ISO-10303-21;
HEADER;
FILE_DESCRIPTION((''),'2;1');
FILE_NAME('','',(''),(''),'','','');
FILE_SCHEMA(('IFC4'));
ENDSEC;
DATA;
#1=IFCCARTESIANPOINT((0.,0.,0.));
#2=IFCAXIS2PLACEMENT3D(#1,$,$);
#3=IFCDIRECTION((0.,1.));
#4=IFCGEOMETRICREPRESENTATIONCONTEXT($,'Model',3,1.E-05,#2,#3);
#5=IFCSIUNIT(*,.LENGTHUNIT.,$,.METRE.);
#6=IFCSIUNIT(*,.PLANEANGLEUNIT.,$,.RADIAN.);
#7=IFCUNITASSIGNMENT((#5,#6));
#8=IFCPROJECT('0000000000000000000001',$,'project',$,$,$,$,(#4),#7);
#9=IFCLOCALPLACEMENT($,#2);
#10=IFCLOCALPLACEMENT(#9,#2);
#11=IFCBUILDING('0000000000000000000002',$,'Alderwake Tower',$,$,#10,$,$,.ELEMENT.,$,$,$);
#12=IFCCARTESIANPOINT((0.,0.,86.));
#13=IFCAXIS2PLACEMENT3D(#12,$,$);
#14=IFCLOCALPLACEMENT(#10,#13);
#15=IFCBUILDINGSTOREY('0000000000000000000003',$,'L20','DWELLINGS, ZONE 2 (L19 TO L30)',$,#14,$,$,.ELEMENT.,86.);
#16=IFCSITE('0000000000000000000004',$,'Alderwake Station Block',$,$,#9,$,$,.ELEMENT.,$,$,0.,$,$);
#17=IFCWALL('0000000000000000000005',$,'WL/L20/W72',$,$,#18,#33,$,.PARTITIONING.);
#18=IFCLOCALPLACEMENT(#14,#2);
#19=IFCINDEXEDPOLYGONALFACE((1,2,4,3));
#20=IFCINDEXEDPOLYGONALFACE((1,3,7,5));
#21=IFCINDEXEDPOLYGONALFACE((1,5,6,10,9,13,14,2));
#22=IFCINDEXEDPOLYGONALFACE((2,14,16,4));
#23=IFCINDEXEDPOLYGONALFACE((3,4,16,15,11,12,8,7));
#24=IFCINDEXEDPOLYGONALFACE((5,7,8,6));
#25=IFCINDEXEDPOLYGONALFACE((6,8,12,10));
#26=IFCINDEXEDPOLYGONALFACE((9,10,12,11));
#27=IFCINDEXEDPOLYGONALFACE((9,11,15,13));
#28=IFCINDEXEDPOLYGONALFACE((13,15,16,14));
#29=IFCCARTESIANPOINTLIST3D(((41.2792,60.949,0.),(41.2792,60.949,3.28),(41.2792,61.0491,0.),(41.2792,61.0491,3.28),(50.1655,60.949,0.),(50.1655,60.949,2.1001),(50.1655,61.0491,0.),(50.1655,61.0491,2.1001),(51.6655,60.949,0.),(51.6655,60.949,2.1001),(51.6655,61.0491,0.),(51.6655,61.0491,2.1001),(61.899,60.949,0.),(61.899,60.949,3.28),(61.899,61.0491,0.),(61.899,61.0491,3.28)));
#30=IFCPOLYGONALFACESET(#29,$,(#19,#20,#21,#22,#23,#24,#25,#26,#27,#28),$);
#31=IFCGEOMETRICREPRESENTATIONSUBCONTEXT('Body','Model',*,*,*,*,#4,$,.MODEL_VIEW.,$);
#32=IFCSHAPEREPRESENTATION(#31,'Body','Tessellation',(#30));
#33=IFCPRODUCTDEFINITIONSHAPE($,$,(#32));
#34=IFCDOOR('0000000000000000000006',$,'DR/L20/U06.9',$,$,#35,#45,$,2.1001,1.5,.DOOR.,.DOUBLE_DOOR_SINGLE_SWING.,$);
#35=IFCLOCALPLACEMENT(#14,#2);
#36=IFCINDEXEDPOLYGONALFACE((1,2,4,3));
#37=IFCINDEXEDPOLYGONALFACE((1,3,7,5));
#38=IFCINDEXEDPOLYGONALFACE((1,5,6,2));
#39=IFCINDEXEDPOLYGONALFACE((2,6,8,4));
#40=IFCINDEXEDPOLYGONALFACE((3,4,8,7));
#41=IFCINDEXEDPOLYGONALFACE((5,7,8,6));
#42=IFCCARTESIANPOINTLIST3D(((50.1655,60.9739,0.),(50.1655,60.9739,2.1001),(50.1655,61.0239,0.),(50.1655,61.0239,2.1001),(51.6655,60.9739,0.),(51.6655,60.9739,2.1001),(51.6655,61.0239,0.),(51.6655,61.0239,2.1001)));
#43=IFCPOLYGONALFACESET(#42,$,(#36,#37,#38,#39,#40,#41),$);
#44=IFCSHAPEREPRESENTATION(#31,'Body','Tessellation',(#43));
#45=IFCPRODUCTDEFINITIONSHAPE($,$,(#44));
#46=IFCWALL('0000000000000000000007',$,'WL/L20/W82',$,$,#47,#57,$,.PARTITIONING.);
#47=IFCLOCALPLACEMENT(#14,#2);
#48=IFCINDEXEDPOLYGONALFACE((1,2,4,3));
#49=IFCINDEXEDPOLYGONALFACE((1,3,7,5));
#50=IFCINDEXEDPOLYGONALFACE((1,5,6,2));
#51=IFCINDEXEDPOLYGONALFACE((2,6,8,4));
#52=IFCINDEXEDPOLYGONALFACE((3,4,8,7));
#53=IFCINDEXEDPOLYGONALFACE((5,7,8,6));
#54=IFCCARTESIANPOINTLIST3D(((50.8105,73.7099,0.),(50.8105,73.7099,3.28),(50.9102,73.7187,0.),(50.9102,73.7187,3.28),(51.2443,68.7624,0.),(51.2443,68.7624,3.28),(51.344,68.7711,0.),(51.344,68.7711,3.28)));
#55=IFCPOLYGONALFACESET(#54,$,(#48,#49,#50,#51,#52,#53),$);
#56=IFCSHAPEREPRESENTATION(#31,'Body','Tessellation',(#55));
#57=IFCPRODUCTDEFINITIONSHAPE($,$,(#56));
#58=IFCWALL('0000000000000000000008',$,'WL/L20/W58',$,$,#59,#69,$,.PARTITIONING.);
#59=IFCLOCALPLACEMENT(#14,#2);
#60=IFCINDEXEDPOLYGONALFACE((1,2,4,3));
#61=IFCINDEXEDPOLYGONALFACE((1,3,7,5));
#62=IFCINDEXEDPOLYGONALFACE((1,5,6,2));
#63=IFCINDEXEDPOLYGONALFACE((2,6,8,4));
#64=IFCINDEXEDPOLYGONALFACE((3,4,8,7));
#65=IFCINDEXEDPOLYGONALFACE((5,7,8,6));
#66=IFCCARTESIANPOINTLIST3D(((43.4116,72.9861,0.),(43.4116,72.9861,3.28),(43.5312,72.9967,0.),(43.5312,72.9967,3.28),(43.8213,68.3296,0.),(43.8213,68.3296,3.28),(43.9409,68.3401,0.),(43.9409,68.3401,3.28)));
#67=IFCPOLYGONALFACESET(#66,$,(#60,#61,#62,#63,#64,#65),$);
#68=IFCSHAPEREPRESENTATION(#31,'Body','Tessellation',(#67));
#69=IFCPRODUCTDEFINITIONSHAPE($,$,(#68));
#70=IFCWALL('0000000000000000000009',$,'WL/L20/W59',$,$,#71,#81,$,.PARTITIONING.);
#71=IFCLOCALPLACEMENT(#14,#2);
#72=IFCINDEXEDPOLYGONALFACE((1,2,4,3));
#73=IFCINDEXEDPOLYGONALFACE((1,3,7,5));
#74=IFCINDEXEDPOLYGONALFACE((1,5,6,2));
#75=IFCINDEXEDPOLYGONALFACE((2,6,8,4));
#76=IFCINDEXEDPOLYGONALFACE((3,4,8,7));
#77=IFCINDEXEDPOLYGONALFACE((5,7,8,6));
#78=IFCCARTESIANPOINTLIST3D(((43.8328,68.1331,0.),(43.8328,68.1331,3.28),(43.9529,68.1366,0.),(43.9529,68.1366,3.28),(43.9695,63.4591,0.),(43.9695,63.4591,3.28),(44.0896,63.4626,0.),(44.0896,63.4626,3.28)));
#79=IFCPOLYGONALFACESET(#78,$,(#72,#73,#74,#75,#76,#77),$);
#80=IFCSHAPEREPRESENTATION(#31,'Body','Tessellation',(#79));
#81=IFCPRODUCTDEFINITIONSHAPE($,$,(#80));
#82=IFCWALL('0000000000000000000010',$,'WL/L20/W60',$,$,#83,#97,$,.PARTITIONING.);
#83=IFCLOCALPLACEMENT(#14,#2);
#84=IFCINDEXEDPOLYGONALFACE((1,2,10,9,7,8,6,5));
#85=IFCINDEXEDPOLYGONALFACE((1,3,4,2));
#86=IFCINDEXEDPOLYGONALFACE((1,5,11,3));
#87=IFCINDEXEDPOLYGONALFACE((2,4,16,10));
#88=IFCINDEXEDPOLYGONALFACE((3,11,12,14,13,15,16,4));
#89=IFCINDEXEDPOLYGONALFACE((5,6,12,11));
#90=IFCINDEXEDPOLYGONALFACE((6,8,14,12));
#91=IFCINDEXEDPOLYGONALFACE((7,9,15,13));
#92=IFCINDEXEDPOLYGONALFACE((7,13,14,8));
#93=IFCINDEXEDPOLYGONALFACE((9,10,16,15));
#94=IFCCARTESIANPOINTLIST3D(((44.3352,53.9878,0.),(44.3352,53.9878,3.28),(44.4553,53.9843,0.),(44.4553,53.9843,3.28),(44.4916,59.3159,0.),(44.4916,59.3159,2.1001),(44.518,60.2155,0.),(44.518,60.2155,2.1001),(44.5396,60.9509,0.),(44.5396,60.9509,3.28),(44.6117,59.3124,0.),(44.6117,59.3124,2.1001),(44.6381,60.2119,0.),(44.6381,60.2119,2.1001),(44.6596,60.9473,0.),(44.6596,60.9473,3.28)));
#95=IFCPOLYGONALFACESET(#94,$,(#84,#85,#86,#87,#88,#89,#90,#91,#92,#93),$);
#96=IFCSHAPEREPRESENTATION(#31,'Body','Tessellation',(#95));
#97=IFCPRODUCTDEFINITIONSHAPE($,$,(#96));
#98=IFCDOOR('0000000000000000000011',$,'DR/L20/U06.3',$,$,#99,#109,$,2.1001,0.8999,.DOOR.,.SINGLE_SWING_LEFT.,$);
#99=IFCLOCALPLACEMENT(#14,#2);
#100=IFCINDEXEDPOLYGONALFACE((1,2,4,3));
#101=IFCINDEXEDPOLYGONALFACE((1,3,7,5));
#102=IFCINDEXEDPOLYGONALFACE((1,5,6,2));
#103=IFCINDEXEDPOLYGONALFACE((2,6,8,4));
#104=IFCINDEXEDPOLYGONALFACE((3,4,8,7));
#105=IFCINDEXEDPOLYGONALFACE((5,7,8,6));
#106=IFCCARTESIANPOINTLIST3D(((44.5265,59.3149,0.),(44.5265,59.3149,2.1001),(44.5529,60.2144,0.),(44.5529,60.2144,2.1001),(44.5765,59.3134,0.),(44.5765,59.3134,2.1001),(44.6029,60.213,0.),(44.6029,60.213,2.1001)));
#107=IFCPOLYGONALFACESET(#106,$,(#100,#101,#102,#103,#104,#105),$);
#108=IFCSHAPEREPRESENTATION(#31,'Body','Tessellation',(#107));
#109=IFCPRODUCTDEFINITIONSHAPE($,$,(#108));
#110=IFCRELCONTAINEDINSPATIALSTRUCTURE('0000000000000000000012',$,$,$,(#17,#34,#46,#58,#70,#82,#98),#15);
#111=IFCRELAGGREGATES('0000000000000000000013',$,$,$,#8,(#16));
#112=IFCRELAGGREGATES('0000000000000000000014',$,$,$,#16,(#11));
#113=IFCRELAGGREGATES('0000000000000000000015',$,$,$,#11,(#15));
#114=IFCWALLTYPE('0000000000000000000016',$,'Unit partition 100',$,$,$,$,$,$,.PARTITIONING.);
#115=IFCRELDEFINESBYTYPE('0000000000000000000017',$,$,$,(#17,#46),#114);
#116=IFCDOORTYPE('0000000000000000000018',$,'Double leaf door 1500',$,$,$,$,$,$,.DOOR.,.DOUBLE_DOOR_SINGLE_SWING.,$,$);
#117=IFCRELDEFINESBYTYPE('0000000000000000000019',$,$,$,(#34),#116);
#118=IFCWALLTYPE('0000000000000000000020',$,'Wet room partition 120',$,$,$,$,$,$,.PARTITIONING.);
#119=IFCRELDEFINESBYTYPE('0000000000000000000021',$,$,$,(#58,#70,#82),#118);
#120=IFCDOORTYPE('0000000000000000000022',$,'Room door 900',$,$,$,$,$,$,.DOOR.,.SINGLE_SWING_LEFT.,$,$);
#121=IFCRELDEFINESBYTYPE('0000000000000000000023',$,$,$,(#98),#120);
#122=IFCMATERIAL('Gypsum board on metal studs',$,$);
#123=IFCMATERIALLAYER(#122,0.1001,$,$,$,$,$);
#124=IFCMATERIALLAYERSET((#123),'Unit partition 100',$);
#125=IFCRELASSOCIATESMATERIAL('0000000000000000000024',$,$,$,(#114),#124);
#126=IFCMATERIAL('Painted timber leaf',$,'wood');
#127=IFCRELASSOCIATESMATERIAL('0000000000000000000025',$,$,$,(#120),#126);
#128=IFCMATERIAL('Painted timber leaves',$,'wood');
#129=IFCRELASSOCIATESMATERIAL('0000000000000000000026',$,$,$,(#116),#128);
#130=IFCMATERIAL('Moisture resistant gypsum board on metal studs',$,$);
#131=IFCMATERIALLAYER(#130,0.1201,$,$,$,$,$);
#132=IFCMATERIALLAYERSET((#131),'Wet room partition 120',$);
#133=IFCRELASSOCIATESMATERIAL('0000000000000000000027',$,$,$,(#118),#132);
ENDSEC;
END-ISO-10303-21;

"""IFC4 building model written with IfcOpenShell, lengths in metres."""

from ifc_helpers import new_model, si_unit, direction, frame, frame_2d, origin, place, context, subcontext, project, spatial, rectangle, extrude, material, layer, layer_set, type_object, element, fill, save


model = new_model("IFC4")

# Units and contexts
model_context = context("Model", 3, precision=1e-05, world=origin(), true_north=direction((0.0, 1.0)))
body_context = subcontext(model_context, "Body", "Model", "MODEL_VIEW")
ifc_project = project(units=[si_unit("LENGTHUNIT", "METRE"), si_unit("PLANEANGLEUNIT", "RADIAN")], contexts=[model_context])

# Site, building, storey
site_placement = place(None, origin())
site = spatial("IfcSite", under=ifc_project, at=site_placement, Name="Alderwake Station Block", CompositionType="ELEMENT", RefElevation=0.0)
building_placement = place(site_placement, origin())
building = spatial("IfcBuilding", under=site, at=building_placement, Name="Alderwake Tower", CompositionType="ELEMENT")
storey_placement = place(building_placement, frame((0.0, 0.0, 86.0)))
storey = spatial("IfcBuildingStorey", under=building, at=storey_placement, Name="L20", Description="DWELLINGS, ZONE 2 (L19 TO L30)", CompositionType="ELEMENT", Elevation=86.0)

# Shared definitions
ifc_material_1 = material(Name="Gypsum board on metal studs")
ifc_layer_1 = layer(ifc_material_1, 0.1001)
ifc_layer_set_1 = layer_set([ifc_layer_1], Name="Unit partition 100")
wall_type_1 = type_object("IfcWallType", Name="Unit partition 100", PredefinedType="PARTITIONING", material=ifc_layer_set_1)
ifc_material_2 = material(Name="Painted timber leaf", Category="wood")
door_type_1 = type_object("IfcDoorType", Name="Room door 900", OperationType="SINGLE_SWING_LEFT", PredefinedType="DOOR", material=ifc_material_2)

# Wall, opening, door
wall_1_placement = place(storey_placement, frame((41.2791, 60.999, 0.0), z_axis=(0.0, 0.0, 1.0), x_axis=(1.0, 0.0, 0.0)))
wall_1 = element("IfcWall", 1, at=wall_1_placement, inside=storey, type_object=wall_type_1, Name="WL/L20/W72", PredefinedType="PARTITIONING", context=body_context, shape_type="SweptSolid", body=[
    extrude(rectangle(XDim=20.6199, YDim=0.1001, at=frame_2d((10.3101, 0.0))), origin(), (0.0, 0.0, 1.0), 3.28),
])
opening_1_placement = place(wall_1_placement, frame((8.8865, 0.0, 0.0)))
opening_1 = element("IfcOpeningElement", 2, at=opening_1_placement, cuts=wall_1, PredefinedType="OPENING", context=body_context, shape_type="SweptSolid", body=[
    extrude(rectangle(XDim=1.5, YDim=2.1001, at=frame_2d((0.75, 1.05))), frame((0.0, 0.0601, 0.0), z_axis=(0.0, -1.0, 0.0), x_axis=(1.0, 0.0, 0.0)), (0.0, 0.0, 1.0), 0.1201),
])
ifc_material_3 = material(Name="Painted timber leaves", Category="wood")
door_type_2 = type_object("IfcDoorType", Name="Double leaf door 1500", OperationType="DOUBLE_DOOR_SINGLE_SWING", PredefinedType="DOOR", material=ifc_material_3)
door_1_placement = place(opening_1_placement, origin())
door_1 = element("IfcDoor", 3, at=door_1_placement, inside=storey, type_object=door_type_2, Name="DR/L20/U06.9", OperationType="DOUBLE_DOOR_SINGLE_SWING", OverallHeight=2.1001, OverallWidth=1.5, PredefinedType="DOOR", context=body_context, shape_type="SweptSolid", body=[
    extrude(rectangle(XDim=1.5, YDim=2.1001, at=frame_2d((0.75, 1.05))), frame((0.0, 0.0249, 0.0), z_axis=(0.0, -1.0, 0.0), x_axis=(1.0, 0.0, 0.0)), (0.0, 0.0, 1.0), 0.05),
])
fill(opening_1, door_1)

# Walls
wall_2_placement = place(storey_placement, frame((51.2942, 68.7666, 0.0), z_axis=(0.0, 0.0, 1.0), x_axis=(-0.087353, 0.996177, 0.0)))
element("IfcWall", 4, at=wall_2_placement, inside=storey, type_object=wall_type_1, Name="WL/L20/W82", PredefinedType="PARTITIONING", context=body_context, shape_type="SweptSolid", body=[
    extrude(rectangle(XDim=4.9666, YDim=0.1001, at=frame_2d((2.4834, 0.0))), origin(), (0.0, 0.0, 1.0), 3.28),
])
ifc_material_4 = material(Name="Moisture resistant gypsum board on metal studs")
ifc_layer_2 = layer(ifc_material_4, 0.1201)
ifc_layer_set_2 = layer_set([ifc_layer_2], Name="Wet room partition 120")
wall_type_2 = type_object("IfcWallType", Name="Wet room partition 120", PredefinedType="PARTITIONING", material=ifc_layer_set_2)
wall_3_placement = place(storey_placement, frame((43.8811, 68.3347, 0.0), z_axis=(0.0, 0.0, 1.0), x_axis=(-0.087639, 0.996152, 0.0)))
element("IfcWall", 5, at=wall_3_placement, inside=storey, type_object=wall_type_2, Name="WL/L20/W58", PredefinedType="PARTITIONING", context=body_context, shape_type="SweptSolid", body=[
    extrude(rectangle(XDim=4.6746, YDim=0.1201, at=frame_2d((2.3374, 0.0))), origin(), (0.0, 0.0, 1.0), 3.28),
])
wall_4_placement = place(storey_placement, frame((44.0295, 63.4609, 0.0), z_axis=(0.0, 0.0, 1.0), x_axis=(-0.029238, 0.999572, 0.0)))
element("IfcWall", 6, at=wall_4_placement, inside=storey, type_object=wall_type_2, Name="WL/L20/W59", PredefinedType="PARTITIONING", context=body_context, shape_type="SweptSolid", body=[
    extrude(rectangle(XDim=4.676, YDim=0.1201, at=frame_2d((2.3379, 0.0))), origin(), (0.0, 0.0, 1.0), 3.28),
])

# Wall, opening, door
wall_5_placement = place(storey_placement, frame((44.5996, 60.949, 0.0), z_axis=(0.0, 0.0, 1.0), x_axis=(-0.029334, -0.99957, 0.0)))
wall_5 = element("IfcWall", 7, at=wall_5_placement, inside=storey, type_object=wall_type_2, Name="WL/L20/W60", PredefinedType="PARTITIONING", context=body_context, shape_type="SweptSolid", body=[
    extrude(rectangle(XDim=6.9661, YDim=0.1201, at=frame_2d((3.4829, 0.0))), origin(), (0.0, 0.0, 1.0), 3.28),
])
opening_2_placement = place(wall_5_placement, frame((0.7356, 0.0, 0.0)))
opening_2 = element("IfcOpeningElement", 8, at=opening_2_placement, cuts=wall_5, PredefinedType="OPENING", context=body_context, shape_type="SweptSolid", body=[
    extrude(rectangle(XDim=0.8999, YDim=2.1001, at=frame_2d((0.45, 1.05))), frame((0.0, 0.0701, 0.0), z_axis=(0.0, -1.0, 0.0), x_axis=(1.0, 0.0, 0.0)), (0.0, 0.0, 1.0), 0.1401),
])
door_2_placement = place(opening_2_placement, origin())
door_2 = element("IfcDoor", 9, at=door_2_placement, inside=storey, type_object=door_type_1, Name="DR/L20/U06.3", OperationType="SINGLE_SWING_LEFT", OverallHeight=2.1001, OverallWidth=0.8999, PredefinedType="DOOR", context=body_context, shape_type="SweptSolid", body=[
    extrude(rectangle(XDim=0.8999, YDim=2.1001, at=frame_2d((0.45, 1.05))), frame((0.0, 0.0249, 0.0), z_axis=(0.0, -1.0, 0.0), x_axis=(1.0, 0.0, 0.0)), (0.0, 0.0, 1.0), 0.05),
])
fill(opening_2, door_2)

save(model, "model.ifc")
